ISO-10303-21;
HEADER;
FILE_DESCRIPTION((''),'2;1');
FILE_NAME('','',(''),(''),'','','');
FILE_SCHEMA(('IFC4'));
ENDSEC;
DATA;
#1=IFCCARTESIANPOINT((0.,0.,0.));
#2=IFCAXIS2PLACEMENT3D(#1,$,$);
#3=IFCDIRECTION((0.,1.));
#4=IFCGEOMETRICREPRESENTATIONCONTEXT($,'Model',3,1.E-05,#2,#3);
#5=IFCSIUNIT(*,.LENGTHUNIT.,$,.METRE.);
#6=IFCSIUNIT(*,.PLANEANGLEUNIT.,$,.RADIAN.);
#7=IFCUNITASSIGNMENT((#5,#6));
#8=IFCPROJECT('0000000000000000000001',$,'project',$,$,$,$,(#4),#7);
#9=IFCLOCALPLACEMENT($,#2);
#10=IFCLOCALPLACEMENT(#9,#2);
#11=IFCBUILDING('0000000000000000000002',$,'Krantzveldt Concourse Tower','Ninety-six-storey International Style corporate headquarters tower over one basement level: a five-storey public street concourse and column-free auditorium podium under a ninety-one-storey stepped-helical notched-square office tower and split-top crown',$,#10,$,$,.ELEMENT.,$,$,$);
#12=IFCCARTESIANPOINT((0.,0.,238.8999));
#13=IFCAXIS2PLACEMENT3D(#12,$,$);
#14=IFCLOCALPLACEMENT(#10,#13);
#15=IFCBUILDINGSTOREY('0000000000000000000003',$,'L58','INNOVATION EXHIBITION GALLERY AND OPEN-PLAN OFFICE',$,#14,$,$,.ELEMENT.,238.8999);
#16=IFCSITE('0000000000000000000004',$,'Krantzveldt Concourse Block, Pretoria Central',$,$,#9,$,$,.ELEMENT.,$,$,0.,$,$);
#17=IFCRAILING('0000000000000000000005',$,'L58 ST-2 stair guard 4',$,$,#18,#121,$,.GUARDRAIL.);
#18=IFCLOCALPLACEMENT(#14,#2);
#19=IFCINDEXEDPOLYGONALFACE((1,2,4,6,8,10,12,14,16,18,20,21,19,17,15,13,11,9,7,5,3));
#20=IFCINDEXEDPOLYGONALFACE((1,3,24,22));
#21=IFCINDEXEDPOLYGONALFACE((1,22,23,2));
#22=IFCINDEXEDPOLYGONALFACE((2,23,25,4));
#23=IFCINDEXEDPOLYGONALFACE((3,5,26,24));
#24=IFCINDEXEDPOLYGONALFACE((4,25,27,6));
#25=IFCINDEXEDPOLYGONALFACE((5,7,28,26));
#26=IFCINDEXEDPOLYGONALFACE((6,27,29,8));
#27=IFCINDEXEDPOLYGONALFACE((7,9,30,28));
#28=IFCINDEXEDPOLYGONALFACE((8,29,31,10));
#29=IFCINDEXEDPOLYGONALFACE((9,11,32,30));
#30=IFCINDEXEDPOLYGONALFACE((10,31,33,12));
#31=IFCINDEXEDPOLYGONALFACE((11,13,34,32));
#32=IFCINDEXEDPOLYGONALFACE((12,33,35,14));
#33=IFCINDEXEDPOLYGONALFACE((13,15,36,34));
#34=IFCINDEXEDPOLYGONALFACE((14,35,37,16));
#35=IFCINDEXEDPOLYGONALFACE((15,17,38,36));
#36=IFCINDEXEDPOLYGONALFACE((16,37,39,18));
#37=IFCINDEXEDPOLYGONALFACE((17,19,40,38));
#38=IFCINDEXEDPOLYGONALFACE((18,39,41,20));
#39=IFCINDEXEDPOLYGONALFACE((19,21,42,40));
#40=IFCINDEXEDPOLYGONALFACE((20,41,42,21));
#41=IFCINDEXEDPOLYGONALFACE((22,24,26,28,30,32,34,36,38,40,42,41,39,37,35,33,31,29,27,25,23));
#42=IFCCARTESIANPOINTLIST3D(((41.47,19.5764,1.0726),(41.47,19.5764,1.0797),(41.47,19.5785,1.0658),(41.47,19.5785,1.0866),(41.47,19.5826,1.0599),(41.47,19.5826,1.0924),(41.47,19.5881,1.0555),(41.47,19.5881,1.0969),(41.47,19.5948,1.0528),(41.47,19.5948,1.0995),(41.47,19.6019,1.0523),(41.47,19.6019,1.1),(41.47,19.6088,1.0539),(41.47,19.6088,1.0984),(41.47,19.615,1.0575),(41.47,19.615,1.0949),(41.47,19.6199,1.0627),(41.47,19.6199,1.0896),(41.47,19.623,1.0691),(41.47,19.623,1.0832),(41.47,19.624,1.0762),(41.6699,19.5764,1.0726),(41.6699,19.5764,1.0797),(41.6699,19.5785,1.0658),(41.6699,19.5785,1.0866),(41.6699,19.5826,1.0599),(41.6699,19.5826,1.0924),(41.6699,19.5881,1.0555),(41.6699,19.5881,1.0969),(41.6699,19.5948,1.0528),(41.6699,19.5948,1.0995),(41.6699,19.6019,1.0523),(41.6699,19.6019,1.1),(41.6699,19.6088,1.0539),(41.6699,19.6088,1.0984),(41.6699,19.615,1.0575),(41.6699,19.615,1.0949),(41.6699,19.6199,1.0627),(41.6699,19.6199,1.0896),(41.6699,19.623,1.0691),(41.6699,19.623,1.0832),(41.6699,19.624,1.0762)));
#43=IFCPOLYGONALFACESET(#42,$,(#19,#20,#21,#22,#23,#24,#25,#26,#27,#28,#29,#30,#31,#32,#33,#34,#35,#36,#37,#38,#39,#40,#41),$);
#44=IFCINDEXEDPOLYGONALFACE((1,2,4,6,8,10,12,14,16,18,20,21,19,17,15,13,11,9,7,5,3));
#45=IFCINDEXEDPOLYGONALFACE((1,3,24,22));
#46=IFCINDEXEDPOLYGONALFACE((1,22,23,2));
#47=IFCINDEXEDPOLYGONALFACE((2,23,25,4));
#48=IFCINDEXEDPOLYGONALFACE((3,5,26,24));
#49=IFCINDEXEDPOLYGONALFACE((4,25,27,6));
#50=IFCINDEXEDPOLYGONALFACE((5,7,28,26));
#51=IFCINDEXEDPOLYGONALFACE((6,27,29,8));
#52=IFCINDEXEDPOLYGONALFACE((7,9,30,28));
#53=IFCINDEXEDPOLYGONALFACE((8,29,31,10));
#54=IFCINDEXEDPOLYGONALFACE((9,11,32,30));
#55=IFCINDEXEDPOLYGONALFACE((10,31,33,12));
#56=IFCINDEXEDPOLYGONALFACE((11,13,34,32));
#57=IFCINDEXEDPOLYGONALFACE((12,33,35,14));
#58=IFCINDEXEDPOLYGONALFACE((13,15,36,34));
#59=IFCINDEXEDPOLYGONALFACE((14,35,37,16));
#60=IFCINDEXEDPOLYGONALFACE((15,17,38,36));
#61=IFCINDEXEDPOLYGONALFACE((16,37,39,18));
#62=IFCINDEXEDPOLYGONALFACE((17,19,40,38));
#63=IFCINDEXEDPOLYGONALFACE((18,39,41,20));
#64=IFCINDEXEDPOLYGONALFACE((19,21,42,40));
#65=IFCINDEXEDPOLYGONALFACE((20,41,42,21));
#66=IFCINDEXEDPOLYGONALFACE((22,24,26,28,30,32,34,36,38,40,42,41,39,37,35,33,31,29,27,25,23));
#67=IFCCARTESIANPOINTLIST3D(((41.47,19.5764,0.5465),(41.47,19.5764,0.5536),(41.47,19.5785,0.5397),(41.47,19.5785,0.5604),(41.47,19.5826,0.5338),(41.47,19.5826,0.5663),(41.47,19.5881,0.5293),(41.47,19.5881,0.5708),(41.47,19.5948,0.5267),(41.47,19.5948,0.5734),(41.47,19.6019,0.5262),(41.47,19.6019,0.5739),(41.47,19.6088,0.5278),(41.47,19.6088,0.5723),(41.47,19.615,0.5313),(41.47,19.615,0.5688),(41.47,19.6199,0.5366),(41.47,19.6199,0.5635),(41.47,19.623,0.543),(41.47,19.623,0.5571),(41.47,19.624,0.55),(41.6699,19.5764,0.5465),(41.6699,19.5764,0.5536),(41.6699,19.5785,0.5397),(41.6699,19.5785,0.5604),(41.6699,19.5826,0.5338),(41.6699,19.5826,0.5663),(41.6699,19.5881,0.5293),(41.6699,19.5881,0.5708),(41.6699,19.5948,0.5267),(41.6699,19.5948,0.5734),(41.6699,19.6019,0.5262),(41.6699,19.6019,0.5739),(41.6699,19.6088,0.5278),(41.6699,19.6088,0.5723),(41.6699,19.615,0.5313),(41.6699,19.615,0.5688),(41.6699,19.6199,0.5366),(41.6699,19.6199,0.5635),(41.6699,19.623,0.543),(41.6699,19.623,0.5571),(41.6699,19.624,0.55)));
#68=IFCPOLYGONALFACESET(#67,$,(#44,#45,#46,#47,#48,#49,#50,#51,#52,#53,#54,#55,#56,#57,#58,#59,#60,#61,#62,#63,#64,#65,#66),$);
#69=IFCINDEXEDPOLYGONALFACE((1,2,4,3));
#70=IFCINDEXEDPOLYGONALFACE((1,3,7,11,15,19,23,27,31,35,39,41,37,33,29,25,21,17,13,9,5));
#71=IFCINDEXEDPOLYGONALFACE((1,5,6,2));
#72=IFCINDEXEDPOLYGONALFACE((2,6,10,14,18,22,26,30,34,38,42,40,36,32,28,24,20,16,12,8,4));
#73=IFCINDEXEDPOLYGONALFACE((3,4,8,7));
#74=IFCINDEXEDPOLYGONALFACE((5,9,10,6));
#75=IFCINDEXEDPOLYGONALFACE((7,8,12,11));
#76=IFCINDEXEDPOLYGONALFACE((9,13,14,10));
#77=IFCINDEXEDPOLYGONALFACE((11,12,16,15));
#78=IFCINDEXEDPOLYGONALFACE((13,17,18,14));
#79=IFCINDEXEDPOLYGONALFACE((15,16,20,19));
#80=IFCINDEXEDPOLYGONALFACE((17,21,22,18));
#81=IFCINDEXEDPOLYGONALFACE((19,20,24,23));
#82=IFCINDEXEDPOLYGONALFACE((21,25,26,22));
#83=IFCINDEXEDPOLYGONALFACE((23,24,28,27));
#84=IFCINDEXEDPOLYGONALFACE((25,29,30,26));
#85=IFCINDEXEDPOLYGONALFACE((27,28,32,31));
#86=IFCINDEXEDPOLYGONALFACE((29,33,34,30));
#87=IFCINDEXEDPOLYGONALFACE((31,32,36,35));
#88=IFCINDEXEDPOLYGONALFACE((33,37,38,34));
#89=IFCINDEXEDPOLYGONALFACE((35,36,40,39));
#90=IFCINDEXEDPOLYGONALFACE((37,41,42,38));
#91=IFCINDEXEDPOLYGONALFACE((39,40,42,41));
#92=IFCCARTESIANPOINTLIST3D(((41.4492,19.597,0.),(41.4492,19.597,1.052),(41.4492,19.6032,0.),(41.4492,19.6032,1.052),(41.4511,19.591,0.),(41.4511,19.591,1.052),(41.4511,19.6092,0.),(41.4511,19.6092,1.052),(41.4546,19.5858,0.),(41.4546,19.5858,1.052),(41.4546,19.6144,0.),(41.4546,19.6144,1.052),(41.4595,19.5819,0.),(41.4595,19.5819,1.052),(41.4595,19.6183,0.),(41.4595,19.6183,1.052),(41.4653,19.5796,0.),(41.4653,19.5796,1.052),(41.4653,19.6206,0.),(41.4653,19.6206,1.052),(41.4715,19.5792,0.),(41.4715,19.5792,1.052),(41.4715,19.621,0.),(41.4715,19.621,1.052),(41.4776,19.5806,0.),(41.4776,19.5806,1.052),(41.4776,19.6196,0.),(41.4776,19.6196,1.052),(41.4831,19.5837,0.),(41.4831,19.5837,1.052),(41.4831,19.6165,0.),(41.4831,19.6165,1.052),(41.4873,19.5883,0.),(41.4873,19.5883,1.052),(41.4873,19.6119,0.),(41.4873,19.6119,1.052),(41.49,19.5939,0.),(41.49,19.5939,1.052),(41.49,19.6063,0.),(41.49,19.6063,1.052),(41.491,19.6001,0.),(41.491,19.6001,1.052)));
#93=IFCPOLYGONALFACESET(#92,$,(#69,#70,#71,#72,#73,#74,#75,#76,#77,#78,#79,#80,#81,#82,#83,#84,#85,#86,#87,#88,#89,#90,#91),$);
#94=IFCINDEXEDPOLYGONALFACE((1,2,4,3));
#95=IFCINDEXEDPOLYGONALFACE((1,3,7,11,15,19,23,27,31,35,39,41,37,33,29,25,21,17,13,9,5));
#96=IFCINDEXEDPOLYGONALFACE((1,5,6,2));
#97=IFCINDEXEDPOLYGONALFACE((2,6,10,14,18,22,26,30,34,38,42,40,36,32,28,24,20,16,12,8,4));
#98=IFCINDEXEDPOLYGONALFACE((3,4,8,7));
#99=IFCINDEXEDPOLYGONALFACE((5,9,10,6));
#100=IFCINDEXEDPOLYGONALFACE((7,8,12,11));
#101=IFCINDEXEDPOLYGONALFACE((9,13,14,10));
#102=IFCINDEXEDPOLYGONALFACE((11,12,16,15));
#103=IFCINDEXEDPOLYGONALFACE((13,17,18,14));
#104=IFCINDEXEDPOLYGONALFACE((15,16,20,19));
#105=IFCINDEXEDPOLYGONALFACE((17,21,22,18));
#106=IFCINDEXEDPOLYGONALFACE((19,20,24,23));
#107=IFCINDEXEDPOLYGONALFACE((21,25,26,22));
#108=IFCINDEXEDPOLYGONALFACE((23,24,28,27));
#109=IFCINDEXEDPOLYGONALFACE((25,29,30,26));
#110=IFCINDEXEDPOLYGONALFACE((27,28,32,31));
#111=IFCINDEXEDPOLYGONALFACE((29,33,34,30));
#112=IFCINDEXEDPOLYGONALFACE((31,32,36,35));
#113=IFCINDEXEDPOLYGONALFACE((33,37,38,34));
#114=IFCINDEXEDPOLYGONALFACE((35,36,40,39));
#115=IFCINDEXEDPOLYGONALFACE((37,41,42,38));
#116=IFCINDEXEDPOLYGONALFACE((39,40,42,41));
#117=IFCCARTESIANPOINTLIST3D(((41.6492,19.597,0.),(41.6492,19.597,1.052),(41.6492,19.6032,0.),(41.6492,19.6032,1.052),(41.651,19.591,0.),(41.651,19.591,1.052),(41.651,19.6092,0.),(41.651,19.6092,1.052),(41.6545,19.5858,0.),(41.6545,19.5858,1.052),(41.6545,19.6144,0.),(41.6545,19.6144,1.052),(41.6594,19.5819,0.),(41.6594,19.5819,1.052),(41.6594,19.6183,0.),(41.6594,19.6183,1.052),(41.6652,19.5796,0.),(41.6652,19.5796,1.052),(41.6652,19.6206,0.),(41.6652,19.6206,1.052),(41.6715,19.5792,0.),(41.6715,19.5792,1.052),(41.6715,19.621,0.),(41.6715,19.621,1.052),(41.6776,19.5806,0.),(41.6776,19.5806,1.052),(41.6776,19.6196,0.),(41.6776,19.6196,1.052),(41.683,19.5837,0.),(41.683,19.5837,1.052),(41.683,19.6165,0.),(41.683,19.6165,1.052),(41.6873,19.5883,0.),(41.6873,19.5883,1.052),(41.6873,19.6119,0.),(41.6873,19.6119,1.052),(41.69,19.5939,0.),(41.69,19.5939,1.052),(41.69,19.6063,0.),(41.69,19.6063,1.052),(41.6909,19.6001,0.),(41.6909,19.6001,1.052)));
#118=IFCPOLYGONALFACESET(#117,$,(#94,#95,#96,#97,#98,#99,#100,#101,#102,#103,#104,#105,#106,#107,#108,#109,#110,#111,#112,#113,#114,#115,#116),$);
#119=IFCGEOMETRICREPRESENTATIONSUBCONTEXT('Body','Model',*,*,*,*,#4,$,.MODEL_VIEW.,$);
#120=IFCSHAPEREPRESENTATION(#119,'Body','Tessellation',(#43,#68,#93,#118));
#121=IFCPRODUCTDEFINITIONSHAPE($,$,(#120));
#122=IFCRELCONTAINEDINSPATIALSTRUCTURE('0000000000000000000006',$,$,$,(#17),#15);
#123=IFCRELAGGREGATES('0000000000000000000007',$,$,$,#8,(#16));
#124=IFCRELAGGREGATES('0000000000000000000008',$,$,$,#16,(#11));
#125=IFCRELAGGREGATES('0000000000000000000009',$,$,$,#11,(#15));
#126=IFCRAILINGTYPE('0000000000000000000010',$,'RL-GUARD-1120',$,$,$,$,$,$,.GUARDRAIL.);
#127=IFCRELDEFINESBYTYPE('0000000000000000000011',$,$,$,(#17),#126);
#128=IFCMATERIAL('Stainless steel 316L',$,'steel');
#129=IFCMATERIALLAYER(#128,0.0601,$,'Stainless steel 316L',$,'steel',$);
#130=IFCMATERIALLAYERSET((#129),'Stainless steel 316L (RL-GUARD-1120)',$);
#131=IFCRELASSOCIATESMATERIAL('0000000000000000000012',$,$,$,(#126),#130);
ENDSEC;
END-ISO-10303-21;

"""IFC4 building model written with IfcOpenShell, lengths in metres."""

from ifc_helpers import new_model, si_unit, direction, frame, origin, origin_2d, place, context, subcontext, project, spatial, circle, extrude, material, layer, layer_set, type_object, element, save


model = new_model("IFC4")

# Units and contexts
model_context = context("Model", 3, precision=1e-05, world=origin(), true_north=direction((0.0, 1.0)))
body_context = subcontext(model_context, "Body", "Model", "MODEL_VIEW")
ifc_project = project(units=[si_unit("LENGTHUNIT", "METRE"), si_unit("PLANEANGLEUNIT", "RADIAN")], contexts=[model_context])

# Site, building, storey
site_placement = place(None, origin())
site = spatial("IfcSite", under=ifc_project, at=site_placement, Name="Krantzveldt Concourse Block, Pretoria Central", CompositionType="ELEMENT", RefElevation=0.0)
building_placement = place(site_placement, origin())
building = spatial("IfcBuilding", under=site, at=building_placement, Name="Krantzveldt Concourse Tower", Description="Ninety-six-storey International Style corporate headquarters tower over one basement level: a five-storey public street concourse and column-free auditorium podium under a ninety-one-storey stepped-helical notched-square office tower and split-top crown", CompositionType="ELEMENT")
storey_placement = place(building_placement, frame((0.0, 0.0, 238.8999)))
storey = spatial("IfcBuildingStorey", under=building, at=storey_placement, Name="L58", Description="INNOVATION EXHIBITION GALLERY AND OPEN-PLAN OFFICE", CompositionType="ELEMENT", Elevation=238.8999)

# Shared definitions
ifc_material_1 = material(Name="Stainless steel 316L", Category="steel")

# Railing
ifc_layer_1 = layer(ifc_material_1, 0.0601, Name="Stainless steel 316L", Category="steel")
ifc_layer_set_1 = layer_set([ifc_layer_1], Name="Stainless steel 316L (RL-GUARD-1120)")
railing_type_1 = type_object("IfcRailingType", Name="RL-GUARD-1120", PredefinedType="GUARDRAIL", material=ifc_layer_set_1)
railing_1_placement = place(storey_placement, frame((41.47, 19.6001, 0.0)))
element("IfcRailing", 1, at=railing_1_placement, inside=storey, type_object=railing_type_1, Name="L58 ST-2 stair guard 4", PredefinedType="GUARDRAIL", context=body_context, shape_type="SweptSolid", body=[
    extrude(circle(Radius=0.0239, at=origin_2d()), frame((0.0, 0.0, 1.0762), z_axis=(1.0, 0.0, 0.0), x_axis=(0.0, 1.0, 0.0)), (0.0, 0.0, 1.0), 0.2),
    extrude(circle(Radius=0.0239, at=origin_2d()), frame((0.0, 0.0, 0.55), z_axis=(1.0, 0.0, 0.0), x_axis=(0.0, 1.0, 0.0)), (0.0, 0.0, 1.0), 0.2),
    extrude(circle(Radius=0.021, at=origin_2d()), origin(), (0.0, 0.0, 1.0), 1.052),
    extrude(circle(Radius=0.021, at=origin_2d()), frame((0.2, 0.0, 0.0)), (0.0, 0.0, 1.0), 1.052),
])

save(model, "model.ifc")
